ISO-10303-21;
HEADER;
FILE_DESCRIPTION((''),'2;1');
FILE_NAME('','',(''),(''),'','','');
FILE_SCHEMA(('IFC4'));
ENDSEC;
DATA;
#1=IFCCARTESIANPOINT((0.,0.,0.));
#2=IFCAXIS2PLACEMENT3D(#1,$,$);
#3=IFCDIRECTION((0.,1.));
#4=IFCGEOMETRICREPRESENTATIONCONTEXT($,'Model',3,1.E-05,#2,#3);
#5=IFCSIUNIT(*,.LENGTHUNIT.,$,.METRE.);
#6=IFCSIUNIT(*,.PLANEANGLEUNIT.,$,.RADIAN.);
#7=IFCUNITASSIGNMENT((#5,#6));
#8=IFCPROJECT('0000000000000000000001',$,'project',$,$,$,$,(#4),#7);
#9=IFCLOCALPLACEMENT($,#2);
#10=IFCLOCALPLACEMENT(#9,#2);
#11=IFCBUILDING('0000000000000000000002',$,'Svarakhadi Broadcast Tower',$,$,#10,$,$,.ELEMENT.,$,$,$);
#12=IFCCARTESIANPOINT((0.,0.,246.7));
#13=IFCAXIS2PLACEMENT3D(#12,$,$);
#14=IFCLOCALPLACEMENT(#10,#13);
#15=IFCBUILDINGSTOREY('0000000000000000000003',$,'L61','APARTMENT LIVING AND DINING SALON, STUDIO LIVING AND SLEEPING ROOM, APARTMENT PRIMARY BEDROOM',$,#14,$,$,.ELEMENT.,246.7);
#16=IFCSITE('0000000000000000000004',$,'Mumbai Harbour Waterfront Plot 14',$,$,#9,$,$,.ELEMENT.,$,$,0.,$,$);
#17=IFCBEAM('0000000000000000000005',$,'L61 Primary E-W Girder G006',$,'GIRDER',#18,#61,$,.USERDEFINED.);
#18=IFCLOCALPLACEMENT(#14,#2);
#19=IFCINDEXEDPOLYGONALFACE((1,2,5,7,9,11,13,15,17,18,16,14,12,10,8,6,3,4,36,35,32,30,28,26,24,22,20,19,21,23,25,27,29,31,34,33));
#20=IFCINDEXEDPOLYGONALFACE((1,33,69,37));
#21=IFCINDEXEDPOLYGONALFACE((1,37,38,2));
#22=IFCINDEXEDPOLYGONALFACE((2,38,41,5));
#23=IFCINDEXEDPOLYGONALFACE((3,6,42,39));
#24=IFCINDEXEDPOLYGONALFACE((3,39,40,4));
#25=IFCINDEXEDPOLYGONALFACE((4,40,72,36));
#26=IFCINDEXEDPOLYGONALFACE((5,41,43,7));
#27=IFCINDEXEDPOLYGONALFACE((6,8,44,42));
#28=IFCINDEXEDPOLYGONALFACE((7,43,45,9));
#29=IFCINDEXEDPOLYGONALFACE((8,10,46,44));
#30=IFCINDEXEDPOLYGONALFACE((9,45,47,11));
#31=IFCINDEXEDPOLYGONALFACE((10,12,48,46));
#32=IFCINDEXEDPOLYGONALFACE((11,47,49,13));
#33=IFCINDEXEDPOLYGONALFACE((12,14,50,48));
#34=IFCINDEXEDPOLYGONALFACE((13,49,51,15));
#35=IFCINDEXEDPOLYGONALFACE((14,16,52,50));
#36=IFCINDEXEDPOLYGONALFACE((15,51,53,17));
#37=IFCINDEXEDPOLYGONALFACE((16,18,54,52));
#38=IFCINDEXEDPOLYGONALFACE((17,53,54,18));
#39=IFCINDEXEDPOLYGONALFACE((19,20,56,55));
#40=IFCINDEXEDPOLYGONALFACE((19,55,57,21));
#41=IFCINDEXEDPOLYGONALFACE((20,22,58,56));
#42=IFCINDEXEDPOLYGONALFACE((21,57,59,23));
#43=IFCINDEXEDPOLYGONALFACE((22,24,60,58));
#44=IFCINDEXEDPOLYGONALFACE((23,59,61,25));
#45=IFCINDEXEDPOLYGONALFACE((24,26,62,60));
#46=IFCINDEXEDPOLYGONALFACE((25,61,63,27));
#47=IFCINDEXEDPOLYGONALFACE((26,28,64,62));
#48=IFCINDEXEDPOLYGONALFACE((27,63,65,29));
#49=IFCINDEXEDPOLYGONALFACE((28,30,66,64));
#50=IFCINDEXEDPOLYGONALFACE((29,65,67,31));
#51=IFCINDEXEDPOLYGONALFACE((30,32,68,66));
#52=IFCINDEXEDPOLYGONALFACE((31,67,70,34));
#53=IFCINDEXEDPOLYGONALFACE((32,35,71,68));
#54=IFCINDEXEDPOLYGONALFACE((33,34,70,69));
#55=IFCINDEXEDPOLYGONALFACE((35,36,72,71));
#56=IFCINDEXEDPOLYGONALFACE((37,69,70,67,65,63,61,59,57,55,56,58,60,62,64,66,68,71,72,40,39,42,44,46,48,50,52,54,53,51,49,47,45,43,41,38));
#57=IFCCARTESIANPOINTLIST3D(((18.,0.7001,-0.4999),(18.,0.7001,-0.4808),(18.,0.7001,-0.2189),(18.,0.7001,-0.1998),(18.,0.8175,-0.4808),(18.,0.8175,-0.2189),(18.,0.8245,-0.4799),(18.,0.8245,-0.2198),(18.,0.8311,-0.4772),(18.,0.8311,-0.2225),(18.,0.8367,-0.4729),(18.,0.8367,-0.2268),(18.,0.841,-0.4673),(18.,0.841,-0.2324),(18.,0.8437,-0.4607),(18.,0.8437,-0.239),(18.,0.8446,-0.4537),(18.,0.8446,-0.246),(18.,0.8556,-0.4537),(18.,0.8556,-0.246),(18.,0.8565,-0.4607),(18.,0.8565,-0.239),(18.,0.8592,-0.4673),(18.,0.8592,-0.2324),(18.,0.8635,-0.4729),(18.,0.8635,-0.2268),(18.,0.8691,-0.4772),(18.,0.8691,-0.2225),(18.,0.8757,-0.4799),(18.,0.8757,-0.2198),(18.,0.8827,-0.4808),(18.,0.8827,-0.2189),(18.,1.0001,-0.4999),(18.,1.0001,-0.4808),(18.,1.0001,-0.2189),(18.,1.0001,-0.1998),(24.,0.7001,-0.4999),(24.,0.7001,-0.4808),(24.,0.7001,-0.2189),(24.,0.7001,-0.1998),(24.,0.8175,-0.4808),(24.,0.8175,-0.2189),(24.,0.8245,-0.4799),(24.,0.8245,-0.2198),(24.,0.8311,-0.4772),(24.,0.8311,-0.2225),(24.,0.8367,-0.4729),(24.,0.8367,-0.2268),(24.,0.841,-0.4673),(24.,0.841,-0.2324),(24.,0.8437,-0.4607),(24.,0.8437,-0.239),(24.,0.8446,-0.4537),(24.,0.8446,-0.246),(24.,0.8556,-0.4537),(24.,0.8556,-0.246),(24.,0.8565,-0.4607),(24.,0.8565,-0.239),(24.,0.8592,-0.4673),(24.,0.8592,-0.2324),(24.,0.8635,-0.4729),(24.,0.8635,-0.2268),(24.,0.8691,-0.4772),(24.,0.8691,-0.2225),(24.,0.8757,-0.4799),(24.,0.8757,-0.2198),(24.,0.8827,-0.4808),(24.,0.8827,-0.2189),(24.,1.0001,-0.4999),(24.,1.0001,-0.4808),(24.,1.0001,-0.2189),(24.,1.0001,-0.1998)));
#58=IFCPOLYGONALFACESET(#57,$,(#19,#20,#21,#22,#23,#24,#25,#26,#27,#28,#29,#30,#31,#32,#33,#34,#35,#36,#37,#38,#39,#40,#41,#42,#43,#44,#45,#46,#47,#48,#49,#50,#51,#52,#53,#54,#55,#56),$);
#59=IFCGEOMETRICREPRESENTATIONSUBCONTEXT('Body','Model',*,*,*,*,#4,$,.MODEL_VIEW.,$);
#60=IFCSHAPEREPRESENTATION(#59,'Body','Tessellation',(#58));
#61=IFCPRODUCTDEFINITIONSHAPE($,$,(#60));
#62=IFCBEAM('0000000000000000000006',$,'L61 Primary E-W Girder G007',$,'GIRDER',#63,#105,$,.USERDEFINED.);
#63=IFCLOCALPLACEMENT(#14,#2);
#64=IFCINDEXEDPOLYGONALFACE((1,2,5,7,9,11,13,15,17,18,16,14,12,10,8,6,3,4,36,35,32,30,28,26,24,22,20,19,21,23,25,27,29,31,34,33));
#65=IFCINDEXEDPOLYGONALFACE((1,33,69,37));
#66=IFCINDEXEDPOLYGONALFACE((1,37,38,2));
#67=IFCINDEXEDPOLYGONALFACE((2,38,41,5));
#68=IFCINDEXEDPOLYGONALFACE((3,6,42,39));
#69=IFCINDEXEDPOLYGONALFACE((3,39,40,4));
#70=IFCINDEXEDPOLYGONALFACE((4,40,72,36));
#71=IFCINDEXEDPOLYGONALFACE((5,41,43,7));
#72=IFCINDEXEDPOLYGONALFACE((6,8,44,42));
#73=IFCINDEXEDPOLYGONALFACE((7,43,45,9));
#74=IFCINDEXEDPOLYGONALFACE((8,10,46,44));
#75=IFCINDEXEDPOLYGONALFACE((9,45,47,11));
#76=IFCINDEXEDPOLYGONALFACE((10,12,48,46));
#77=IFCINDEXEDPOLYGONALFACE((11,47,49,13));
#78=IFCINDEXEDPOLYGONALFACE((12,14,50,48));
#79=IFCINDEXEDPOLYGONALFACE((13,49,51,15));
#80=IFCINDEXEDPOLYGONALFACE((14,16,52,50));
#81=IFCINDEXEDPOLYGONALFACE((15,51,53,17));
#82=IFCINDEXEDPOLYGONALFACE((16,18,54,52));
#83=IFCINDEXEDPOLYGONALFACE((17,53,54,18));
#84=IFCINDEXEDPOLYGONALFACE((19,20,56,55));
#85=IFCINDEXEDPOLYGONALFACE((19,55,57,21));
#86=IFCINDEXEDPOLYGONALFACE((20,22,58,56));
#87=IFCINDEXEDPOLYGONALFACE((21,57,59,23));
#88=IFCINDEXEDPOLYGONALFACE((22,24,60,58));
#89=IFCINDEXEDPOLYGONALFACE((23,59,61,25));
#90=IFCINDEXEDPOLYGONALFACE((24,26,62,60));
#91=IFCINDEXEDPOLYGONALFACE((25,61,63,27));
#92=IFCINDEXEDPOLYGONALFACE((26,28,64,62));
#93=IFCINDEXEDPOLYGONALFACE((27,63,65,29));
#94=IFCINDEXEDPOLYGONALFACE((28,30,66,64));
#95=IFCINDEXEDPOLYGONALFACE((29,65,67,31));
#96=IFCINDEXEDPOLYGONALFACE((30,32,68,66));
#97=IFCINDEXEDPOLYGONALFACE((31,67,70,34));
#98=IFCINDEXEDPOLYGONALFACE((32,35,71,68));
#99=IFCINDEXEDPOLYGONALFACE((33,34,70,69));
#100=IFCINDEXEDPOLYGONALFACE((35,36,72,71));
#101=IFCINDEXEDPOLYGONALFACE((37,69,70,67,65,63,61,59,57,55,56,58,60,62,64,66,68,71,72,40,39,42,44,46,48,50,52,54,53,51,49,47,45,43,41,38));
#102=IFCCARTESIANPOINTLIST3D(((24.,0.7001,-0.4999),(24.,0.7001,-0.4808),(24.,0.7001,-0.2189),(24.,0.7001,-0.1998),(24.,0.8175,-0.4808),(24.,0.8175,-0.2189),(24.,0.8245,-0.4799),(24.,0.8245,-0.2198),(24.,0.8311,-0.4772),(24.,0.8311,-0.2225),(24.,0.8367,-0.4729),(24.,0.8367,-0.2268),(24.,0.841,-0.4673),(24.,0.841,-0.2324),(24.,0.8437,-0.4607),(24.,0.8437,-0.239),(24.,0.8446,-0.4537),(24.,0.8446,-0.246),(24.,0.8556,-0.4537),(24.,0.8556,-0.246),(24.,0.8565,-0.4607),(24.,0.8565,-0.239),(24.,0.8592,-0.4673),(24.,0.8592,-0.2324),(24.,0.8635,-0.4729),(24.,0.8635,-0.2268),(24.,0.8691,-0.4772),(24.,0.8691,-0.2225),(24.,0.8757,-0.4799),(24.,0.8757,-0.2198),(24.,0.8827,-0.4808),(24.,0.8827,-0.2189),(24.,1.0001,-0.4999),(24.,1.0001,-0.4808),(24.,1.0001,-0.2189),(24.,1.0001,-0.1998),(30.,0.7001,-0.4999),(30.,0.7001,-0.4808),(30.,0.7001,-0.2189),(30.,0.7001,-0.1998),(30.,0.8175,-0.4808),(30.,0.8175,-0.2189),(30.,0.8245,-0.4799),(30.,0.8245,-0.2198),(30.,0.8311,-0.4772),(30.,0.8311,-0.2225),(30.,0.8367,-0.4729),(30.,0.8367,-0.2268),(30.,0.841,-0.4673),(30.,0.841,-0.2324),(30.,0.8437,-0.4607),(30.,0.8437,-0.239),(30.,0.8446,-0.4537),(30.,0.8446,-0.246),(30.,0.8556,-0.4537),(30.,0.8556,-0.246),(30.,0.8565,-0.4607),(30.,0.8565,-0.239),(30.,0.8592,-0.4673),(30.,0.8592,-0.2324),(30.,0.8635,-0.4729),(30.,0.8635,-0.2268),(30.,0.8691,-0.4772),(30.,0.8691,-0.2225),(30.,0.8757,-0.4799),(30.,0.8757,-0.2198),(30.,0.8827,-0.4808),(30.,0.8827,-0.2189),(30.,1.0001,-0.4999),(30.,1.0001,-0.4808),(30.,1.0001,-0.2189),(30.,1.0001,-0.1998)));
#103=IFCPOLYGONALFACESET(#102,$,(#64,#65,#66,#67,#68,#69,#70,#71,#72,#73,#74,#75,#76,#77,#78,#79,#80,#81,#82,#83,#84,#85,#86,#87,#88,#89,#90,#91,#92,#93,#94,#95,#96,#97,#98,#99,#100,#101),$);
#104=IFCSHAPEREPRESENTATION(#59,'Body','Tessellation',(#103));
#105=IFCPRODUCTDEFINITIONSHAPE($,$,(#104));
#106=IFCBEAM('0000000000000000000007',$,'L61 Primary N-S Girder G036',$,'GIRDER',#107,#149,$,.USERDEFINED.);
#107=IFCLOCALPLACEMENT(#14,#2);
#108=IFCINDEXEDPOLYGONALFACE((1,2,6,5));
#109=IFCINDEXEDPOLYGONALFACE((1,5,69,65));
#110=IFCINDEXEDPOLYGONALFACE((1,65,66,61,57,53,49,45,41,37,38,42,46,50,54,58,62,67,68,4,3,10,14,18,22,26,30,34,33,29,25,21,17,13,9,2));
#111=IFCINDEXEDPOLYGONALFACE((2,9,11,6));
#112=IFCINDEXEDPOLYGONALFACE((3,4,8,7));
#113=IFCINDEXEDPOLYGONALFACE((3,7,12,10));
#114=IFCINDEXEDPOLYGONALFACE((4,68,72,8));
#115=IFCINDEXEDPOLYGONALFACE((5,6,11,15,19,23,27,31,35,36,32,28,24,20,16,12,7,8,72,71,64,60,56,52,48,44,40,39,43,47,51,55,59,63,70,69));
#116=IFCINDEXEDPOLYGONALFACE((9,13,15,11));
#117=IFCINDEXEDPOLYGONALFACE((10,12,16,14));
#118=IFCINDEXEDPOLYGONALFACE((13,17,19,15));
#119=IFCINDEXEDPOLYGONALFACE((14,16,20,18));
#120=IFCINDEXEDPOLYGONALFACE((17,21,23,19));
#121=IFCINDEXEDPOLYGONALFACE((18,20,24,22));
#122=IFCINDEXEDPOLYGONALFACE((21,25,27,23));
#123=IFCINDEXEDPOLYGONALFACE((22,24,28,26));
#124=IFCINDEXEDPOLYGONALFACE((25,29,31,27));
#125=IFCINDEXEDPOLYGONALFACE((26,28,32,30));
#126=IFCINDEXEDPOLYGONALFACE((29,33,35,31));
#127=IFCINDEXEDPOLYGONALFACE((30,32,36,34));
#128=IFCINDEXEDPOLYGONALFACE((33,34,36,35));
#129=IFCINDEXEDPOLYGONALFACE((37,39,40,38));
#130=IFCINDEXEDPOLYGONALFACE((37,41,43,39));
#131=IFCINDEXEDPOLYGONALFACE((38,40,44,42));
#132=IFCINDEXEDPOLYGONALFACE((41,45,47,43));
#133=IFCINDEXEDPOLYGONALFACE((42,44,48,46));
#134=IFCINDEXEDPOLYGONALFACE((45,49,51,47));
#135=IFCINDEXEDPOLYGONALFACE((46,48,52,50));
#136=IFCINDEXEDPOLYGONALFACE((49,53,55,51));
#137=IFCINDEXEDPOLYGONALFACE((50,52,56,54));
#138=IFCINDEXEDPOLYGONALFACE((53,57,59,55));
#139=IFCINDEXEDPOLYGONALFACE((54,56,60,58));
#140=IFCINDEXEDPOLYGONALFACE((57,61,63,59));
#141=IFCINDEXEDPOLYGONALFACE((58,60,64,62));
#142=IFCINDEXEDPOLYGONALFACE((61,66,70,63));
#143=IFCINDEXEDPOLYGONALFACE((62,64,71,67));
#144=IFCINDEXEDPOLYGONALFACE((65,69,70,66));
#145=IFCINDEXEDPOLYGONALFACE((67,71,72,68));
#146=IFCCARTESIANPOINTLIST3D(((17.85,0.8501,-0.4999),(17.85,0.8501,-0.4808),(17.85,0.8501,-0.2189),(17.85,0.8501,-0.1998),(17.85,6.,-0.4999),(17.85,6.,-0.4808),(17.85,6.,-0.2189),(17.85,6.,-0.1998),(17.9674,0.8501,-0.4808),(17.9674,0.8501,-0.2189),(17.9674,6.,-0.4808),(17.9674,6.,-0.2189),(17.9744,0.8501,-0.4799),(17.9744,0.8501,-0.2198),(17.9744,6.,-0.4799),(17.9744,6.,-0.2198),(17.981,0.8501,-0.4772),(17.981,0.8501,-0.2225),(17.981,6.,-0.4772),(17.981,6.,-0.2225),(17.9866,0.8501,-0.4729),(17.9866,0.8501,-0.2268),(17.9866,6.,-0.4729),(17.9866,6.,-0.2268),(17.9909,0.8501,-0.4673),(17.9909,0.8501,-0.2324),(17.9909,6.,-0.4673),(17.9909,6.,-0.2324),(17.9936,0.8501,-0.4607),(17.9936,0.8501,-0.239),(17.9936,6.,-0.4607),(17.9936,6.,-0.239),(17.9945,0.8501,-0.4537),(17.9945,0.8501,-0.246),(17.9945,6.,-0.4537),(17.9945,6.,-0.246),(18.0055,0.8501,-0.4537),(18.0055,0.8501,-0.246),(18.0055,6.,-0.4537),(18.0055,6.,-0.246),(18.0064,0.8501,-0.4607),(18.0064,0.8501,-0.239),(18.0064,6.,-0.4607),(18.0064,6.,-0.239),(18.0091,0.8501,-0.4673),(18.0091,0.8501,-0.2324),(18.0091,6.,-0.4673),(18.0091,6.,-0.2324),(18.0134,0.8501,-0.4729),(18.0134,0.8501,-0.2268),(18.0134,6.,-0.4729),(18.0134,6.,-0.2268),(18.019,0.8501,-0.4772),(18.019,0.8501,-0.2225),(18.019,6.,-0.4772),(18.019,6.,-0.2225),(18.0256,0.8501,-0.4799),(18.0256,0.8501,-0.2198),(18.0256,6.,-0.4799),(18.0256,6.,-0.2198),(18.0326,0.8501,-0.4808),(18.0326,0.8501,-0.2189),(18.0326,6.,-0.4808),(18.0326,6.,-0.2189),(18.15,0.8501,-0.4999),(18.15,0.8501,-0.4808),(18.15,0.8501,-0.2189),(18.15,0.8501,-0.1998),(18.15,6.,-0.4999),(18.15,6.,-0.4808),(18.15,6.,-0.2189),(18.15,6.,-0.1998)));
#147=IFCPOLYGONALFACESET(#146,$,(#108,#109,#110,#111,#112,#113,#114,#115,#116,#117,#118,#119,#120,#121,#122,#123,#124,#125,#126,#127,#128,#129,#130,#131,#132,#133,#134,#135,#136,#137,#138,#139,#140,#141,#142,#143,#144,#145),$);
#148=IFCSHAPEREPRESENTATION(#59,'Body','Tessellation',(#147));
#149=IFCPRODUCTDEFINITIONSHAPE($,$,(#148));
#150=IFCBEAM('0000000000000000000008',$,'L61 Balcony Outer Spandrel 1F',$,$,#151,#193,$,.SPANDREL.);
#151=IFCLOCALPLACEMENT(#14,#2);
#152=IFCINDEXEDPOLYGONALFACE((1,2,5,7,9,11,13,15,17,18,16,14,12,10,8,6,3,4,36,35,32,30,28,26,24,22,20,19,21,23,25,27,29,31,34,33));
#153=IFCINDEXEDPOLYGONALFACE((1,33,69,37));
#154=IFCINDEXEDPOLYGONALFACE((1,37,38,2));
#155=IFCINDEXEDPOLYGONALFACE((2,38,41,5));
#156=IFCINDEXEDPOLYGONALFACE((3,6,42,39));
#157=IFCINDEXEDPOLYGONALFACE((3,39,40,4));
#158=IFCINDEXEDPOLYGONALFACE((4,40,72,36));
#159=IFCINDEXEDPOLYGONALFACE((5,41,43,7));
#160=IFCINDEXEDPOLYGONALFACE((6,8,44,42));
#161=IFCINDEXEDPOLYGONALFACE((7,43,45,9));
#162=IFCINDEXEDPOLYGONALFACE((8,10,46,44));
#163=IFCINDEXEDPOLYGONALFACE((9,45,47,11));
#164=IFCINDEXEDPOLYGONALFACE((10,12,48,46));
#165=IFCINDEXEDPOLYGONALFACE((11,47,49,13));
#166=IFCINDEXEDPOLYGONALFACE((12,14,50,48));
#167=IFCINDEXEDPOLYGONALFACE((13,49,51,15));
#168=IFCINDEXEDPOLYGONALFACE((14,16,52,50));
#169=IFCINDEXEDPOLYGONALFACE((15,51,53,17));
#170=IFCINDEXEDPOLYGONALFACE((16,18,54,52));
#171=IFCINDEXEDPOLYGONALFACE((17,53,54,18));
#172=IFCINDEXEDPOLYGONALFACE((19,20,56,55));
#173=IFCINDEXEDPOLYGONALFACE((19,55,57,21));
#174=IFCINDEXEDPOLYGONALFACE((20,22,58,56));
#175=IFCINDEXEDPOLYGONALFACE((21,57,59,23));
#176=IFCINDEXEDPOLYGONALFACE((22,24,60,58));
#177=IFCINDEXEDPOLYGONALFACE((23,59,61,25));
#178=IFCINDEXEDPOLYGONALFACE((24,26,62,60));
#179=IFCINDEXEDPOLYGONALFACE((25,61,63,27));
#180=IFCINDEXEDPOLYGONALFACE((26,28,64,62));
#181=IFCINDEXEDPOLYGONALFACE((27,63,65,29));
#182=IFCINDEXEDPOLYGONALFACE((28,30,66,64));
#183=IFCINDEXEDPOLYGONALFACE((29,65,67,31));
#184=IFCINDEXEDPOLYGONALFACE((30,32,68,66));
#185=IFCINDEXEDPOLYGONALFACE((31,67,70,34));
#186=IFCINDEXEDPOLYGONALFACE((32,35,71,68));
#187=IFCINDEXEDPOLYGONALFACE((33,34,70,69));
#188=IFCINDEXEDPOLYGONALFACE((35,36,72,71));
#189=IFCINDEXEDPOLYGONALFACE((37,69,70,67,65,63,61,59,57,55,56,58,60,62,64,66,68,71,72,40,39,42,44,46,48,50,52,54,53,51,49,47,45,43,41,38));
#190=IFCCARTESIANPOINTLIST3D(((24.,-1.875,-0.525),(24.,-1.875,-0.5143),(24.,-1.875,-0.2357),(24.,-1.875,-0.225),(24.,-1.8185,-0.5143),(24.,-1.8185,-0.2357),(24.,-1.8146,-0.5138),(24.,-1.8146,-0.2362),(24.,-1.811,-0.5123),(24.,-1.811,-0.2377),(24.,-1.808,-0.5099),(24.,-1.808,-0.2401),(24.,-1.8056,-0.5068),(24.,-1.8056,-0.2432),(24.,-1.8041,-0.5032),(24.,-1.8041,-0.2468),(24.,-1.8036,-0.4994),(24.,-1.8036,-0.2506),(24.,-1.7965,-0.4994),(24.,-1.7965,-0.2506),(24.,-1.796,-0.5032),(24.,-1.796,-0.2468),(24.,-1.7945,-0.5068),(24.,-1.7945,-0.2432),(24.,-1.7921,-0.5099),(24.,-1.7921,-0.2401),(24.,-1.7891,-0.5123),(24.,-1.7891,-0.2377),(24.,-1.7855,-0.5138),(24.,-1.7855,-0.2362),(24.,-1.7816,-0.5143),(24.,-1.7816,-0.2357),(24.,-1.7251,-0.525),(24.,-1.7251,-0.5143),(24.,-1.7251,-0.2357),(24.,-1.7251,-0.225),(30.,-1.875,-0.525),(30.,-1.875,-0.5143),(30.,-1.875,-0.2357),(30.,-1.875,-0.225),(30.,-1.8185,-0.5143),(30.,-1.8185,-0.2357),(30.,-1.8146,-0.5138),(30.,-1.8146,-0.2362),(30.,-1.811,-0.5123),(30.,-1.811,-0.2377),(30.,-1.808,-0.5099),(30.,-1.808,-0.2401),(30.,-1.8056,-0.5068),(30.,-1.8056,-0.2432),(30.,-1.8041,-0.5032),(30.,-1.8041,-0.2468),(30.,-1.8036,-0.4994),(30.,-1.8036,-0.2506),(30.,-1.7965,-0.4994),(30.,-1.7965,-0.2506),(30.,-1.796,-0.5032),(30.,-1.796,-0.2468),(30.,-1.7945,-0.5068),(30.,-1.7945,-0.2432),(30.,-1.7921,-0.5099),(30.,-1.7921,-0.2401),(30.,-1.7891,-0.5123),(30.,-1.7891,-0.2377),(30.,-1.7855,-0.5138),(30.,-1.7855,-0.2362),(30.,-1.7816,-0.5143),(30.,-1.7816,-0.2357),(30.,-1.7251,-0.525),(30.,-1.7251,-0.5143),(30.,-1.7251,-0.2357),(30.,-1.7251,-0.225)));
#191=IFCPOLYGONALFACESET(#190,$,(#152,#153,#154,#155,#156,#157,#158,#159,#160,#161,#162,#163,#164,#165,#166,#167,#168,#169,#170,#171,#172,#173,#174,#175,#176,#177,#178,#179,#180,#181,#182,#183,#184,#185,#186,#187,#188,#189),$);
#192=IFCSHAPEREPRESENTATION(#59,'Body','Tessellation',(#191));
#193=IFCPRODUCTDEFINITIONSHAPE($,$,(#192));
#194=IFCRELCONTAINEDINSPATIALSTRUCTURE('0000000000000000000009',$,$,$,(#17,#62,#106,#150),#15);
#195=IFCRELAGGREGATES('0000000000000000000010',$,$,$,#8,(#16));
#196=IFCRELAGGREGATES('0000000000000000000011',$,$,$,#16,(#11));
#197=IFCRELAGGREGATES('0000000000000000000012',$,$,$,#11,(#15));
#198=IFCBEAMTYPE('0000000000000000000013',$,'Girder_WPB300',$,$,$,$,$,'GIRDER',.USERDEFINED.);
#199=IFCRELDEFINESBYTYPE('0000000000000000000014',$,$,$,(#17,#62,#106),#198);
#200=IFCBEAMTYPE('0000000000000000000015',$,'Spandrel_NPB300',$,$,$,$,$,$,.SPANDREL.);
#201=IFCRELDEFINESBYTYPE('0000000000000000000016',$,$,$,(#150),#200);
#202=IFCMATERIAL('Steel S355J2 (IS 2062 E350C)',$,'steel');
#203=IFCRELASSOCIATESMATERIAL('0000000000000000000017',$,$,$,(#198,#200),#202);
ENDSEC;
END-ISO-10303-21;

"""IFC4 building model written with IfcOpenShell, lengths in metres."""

from ifc_helpers import new_model, si_unit, direction, frame, origin, origin_2d, place, context, subcontext, project, spatial, i_section, extrude, material, material_profile, profile_set, type_object, element, save


model = new_model("IFC4")

# Units and contexts
model_context = context("Model", 3, precision=1e-05, world=origin(), true_north=direction((0.0, 1.0)))
body_context = subcontext(model_context, "Body", "Model", "MODEL_VIEW")
ifc_project = project(units=[si_unit("LENGTHUNIT", "METRE"), si_unit("PLANEANGLEUNIT", "RADIAN")], contexts=[model_context])

# Site, building, storey
site_placement = place(None, origin())
site = spatial("IfcSite", under=ifc_project, at=site_placement, Name="Mumbai Harbour Waterfront Plot 14", CompositionType="ELEMENT", RefElevation=0.0)
building_placement = place(site_placement, origin())
building = spatial("IfcBuilding", under=site, at=building_placement, Name="Svarakhadi Broadcast Tower", CompositionType="ELEMENT")
storey_placement = place(building_placement, frame((0.0, 0.0, 246.7)))
storey = spatial("IfcBuildingStorey", under=building, at=storey_placement, Name="L61", Description="APARTMENT LIVING AND DINING SALON, STUDIO LIVING AND SLEEPING ROOM, APARTMENT PRIMARY BEDROOM", CompositionType="ELEMENT", Elevation=246.7)

# Beams
ifc_material_1 = material(Name="Steel S355J2 (IS 2062 E350C)", Category="steel")
ifc_material_profile_1 = material_profile(ifc_material_1, i_section(OverallWidth=0.3, OverallDepth=0.3, WebThickness=0.011, FlangeThickness=0.019, FilletRadius=0.0271, at=origin_2d()), Name="WPB 300x300x117")
ifc_profile_set_1 = profile_set([ifc_material_profile_1], Name="Steel S355J2 (IS 2062 E350C)")
beam_type_1 = type_object("IfcBeamType", Name="Girder_WPB300", ElementType="GIRDER", PredefinedType="USERDEFINED", material=ifc_profile_set_1)
for number, where, z_axis, x_axis, name in (
    (1, (18.0, 0.8501, -0.3499), (1.0, 0.0, 0.0), (0.0, 1.0, 0.0), "L61 Primary E-W Girder G006"),
    (2, (24.0, 0.8501, -0.3499), (1.0, 0.0, 0.0), (0.0, 1.0, 0.0), "L61 Primary E-W Girder G007"),
):
    element("IfcBeam", number, at=place(storey_placement, frame(where, z_axis=z_axis, x_axis=x_axis)), inside=storey, type_object=beam_type_1, Name=name, ObjectType="GIRDER", PredefinedType="USERDEFINED", context=body_context, shape_type="SweptSolid", body=[
        extrude(i_section(OverallWidth=0.3, OverallDepth=0.3, WebThickness=0.011, FlangeThickness=0.019, FilletRadius=0.0271, at=origin_2d()), origin(), (0.0, 0.0, 1.0), 6.0),
    ])
beam_1_placement = place(storey_placement, frame((18.0, 0.8501, -0.3499), z_axis=(0.0, 1.0, 0.0), x_axis=(-1.0, 0.0, 0.0)))
element("IfcBeam", 3, at=beam_1_placement, inside=storey, type_object=beam_type_1, Name="L61 Primary N-S Girder G036", ObjectType="GIRDER", PredefinedType="USERDEFINED", context=body_context, shape_type="SweptSolid", body=[
    extrude(i_section(OverallWidth=0.3, OverallDepth=0.3, WebThickness=0.011, FlangeThickness=0.019, FilletRadius=0.0271, at=origin_2d()), origin(), (0.0, 0.0, 1.0), 5.1499),
])
ifc_material_profile_2 = material_profile(ifc_material_1, i_section(OverallWidth=0.1499, OverallDepth=0.3, WebThickness=0.0071, FlangeThickness=0.0107, FilletRadius=0.0149, at=origin_2d()), Name="NPB 300x150x37")
ifc_profile_set_2 = profile_set([ifc_material_profile_2], Name="Steel S355J2 (IS 2062 E350C)")
beam_type_2 = type_object("IfcBeamType", Name="Spandrel_NPB300", PredefinedType="SPANDREL", material=ifc_profile_set_2)
beam_2_placement = place(storey_placement, frame((24.0, -1.8, -0.375), z_axis=(1.0, 0.0, 0.0), x_axis=(0.0, 1.0, 0.0)))
element("IfcBeam", 4, at=beam_2_placement, inside=storey, type_object=beam_type_2, Name="L61 Balcony Outer Spandrel 1F", PredefinedType="SPANDREL", context=body_context, shape_type="SweptSolid", body=[
    extrude(i_section(OverallWidth=0.1499, OverallDepth=0.3, WebThickness=0.0071, FlangeThickness=0.0107, FilletRadius=0.0149, at=origin_2d()), origin(), (0.0, 0.0, 1.0), 6.0),
])

save(model, "model.ifc")
